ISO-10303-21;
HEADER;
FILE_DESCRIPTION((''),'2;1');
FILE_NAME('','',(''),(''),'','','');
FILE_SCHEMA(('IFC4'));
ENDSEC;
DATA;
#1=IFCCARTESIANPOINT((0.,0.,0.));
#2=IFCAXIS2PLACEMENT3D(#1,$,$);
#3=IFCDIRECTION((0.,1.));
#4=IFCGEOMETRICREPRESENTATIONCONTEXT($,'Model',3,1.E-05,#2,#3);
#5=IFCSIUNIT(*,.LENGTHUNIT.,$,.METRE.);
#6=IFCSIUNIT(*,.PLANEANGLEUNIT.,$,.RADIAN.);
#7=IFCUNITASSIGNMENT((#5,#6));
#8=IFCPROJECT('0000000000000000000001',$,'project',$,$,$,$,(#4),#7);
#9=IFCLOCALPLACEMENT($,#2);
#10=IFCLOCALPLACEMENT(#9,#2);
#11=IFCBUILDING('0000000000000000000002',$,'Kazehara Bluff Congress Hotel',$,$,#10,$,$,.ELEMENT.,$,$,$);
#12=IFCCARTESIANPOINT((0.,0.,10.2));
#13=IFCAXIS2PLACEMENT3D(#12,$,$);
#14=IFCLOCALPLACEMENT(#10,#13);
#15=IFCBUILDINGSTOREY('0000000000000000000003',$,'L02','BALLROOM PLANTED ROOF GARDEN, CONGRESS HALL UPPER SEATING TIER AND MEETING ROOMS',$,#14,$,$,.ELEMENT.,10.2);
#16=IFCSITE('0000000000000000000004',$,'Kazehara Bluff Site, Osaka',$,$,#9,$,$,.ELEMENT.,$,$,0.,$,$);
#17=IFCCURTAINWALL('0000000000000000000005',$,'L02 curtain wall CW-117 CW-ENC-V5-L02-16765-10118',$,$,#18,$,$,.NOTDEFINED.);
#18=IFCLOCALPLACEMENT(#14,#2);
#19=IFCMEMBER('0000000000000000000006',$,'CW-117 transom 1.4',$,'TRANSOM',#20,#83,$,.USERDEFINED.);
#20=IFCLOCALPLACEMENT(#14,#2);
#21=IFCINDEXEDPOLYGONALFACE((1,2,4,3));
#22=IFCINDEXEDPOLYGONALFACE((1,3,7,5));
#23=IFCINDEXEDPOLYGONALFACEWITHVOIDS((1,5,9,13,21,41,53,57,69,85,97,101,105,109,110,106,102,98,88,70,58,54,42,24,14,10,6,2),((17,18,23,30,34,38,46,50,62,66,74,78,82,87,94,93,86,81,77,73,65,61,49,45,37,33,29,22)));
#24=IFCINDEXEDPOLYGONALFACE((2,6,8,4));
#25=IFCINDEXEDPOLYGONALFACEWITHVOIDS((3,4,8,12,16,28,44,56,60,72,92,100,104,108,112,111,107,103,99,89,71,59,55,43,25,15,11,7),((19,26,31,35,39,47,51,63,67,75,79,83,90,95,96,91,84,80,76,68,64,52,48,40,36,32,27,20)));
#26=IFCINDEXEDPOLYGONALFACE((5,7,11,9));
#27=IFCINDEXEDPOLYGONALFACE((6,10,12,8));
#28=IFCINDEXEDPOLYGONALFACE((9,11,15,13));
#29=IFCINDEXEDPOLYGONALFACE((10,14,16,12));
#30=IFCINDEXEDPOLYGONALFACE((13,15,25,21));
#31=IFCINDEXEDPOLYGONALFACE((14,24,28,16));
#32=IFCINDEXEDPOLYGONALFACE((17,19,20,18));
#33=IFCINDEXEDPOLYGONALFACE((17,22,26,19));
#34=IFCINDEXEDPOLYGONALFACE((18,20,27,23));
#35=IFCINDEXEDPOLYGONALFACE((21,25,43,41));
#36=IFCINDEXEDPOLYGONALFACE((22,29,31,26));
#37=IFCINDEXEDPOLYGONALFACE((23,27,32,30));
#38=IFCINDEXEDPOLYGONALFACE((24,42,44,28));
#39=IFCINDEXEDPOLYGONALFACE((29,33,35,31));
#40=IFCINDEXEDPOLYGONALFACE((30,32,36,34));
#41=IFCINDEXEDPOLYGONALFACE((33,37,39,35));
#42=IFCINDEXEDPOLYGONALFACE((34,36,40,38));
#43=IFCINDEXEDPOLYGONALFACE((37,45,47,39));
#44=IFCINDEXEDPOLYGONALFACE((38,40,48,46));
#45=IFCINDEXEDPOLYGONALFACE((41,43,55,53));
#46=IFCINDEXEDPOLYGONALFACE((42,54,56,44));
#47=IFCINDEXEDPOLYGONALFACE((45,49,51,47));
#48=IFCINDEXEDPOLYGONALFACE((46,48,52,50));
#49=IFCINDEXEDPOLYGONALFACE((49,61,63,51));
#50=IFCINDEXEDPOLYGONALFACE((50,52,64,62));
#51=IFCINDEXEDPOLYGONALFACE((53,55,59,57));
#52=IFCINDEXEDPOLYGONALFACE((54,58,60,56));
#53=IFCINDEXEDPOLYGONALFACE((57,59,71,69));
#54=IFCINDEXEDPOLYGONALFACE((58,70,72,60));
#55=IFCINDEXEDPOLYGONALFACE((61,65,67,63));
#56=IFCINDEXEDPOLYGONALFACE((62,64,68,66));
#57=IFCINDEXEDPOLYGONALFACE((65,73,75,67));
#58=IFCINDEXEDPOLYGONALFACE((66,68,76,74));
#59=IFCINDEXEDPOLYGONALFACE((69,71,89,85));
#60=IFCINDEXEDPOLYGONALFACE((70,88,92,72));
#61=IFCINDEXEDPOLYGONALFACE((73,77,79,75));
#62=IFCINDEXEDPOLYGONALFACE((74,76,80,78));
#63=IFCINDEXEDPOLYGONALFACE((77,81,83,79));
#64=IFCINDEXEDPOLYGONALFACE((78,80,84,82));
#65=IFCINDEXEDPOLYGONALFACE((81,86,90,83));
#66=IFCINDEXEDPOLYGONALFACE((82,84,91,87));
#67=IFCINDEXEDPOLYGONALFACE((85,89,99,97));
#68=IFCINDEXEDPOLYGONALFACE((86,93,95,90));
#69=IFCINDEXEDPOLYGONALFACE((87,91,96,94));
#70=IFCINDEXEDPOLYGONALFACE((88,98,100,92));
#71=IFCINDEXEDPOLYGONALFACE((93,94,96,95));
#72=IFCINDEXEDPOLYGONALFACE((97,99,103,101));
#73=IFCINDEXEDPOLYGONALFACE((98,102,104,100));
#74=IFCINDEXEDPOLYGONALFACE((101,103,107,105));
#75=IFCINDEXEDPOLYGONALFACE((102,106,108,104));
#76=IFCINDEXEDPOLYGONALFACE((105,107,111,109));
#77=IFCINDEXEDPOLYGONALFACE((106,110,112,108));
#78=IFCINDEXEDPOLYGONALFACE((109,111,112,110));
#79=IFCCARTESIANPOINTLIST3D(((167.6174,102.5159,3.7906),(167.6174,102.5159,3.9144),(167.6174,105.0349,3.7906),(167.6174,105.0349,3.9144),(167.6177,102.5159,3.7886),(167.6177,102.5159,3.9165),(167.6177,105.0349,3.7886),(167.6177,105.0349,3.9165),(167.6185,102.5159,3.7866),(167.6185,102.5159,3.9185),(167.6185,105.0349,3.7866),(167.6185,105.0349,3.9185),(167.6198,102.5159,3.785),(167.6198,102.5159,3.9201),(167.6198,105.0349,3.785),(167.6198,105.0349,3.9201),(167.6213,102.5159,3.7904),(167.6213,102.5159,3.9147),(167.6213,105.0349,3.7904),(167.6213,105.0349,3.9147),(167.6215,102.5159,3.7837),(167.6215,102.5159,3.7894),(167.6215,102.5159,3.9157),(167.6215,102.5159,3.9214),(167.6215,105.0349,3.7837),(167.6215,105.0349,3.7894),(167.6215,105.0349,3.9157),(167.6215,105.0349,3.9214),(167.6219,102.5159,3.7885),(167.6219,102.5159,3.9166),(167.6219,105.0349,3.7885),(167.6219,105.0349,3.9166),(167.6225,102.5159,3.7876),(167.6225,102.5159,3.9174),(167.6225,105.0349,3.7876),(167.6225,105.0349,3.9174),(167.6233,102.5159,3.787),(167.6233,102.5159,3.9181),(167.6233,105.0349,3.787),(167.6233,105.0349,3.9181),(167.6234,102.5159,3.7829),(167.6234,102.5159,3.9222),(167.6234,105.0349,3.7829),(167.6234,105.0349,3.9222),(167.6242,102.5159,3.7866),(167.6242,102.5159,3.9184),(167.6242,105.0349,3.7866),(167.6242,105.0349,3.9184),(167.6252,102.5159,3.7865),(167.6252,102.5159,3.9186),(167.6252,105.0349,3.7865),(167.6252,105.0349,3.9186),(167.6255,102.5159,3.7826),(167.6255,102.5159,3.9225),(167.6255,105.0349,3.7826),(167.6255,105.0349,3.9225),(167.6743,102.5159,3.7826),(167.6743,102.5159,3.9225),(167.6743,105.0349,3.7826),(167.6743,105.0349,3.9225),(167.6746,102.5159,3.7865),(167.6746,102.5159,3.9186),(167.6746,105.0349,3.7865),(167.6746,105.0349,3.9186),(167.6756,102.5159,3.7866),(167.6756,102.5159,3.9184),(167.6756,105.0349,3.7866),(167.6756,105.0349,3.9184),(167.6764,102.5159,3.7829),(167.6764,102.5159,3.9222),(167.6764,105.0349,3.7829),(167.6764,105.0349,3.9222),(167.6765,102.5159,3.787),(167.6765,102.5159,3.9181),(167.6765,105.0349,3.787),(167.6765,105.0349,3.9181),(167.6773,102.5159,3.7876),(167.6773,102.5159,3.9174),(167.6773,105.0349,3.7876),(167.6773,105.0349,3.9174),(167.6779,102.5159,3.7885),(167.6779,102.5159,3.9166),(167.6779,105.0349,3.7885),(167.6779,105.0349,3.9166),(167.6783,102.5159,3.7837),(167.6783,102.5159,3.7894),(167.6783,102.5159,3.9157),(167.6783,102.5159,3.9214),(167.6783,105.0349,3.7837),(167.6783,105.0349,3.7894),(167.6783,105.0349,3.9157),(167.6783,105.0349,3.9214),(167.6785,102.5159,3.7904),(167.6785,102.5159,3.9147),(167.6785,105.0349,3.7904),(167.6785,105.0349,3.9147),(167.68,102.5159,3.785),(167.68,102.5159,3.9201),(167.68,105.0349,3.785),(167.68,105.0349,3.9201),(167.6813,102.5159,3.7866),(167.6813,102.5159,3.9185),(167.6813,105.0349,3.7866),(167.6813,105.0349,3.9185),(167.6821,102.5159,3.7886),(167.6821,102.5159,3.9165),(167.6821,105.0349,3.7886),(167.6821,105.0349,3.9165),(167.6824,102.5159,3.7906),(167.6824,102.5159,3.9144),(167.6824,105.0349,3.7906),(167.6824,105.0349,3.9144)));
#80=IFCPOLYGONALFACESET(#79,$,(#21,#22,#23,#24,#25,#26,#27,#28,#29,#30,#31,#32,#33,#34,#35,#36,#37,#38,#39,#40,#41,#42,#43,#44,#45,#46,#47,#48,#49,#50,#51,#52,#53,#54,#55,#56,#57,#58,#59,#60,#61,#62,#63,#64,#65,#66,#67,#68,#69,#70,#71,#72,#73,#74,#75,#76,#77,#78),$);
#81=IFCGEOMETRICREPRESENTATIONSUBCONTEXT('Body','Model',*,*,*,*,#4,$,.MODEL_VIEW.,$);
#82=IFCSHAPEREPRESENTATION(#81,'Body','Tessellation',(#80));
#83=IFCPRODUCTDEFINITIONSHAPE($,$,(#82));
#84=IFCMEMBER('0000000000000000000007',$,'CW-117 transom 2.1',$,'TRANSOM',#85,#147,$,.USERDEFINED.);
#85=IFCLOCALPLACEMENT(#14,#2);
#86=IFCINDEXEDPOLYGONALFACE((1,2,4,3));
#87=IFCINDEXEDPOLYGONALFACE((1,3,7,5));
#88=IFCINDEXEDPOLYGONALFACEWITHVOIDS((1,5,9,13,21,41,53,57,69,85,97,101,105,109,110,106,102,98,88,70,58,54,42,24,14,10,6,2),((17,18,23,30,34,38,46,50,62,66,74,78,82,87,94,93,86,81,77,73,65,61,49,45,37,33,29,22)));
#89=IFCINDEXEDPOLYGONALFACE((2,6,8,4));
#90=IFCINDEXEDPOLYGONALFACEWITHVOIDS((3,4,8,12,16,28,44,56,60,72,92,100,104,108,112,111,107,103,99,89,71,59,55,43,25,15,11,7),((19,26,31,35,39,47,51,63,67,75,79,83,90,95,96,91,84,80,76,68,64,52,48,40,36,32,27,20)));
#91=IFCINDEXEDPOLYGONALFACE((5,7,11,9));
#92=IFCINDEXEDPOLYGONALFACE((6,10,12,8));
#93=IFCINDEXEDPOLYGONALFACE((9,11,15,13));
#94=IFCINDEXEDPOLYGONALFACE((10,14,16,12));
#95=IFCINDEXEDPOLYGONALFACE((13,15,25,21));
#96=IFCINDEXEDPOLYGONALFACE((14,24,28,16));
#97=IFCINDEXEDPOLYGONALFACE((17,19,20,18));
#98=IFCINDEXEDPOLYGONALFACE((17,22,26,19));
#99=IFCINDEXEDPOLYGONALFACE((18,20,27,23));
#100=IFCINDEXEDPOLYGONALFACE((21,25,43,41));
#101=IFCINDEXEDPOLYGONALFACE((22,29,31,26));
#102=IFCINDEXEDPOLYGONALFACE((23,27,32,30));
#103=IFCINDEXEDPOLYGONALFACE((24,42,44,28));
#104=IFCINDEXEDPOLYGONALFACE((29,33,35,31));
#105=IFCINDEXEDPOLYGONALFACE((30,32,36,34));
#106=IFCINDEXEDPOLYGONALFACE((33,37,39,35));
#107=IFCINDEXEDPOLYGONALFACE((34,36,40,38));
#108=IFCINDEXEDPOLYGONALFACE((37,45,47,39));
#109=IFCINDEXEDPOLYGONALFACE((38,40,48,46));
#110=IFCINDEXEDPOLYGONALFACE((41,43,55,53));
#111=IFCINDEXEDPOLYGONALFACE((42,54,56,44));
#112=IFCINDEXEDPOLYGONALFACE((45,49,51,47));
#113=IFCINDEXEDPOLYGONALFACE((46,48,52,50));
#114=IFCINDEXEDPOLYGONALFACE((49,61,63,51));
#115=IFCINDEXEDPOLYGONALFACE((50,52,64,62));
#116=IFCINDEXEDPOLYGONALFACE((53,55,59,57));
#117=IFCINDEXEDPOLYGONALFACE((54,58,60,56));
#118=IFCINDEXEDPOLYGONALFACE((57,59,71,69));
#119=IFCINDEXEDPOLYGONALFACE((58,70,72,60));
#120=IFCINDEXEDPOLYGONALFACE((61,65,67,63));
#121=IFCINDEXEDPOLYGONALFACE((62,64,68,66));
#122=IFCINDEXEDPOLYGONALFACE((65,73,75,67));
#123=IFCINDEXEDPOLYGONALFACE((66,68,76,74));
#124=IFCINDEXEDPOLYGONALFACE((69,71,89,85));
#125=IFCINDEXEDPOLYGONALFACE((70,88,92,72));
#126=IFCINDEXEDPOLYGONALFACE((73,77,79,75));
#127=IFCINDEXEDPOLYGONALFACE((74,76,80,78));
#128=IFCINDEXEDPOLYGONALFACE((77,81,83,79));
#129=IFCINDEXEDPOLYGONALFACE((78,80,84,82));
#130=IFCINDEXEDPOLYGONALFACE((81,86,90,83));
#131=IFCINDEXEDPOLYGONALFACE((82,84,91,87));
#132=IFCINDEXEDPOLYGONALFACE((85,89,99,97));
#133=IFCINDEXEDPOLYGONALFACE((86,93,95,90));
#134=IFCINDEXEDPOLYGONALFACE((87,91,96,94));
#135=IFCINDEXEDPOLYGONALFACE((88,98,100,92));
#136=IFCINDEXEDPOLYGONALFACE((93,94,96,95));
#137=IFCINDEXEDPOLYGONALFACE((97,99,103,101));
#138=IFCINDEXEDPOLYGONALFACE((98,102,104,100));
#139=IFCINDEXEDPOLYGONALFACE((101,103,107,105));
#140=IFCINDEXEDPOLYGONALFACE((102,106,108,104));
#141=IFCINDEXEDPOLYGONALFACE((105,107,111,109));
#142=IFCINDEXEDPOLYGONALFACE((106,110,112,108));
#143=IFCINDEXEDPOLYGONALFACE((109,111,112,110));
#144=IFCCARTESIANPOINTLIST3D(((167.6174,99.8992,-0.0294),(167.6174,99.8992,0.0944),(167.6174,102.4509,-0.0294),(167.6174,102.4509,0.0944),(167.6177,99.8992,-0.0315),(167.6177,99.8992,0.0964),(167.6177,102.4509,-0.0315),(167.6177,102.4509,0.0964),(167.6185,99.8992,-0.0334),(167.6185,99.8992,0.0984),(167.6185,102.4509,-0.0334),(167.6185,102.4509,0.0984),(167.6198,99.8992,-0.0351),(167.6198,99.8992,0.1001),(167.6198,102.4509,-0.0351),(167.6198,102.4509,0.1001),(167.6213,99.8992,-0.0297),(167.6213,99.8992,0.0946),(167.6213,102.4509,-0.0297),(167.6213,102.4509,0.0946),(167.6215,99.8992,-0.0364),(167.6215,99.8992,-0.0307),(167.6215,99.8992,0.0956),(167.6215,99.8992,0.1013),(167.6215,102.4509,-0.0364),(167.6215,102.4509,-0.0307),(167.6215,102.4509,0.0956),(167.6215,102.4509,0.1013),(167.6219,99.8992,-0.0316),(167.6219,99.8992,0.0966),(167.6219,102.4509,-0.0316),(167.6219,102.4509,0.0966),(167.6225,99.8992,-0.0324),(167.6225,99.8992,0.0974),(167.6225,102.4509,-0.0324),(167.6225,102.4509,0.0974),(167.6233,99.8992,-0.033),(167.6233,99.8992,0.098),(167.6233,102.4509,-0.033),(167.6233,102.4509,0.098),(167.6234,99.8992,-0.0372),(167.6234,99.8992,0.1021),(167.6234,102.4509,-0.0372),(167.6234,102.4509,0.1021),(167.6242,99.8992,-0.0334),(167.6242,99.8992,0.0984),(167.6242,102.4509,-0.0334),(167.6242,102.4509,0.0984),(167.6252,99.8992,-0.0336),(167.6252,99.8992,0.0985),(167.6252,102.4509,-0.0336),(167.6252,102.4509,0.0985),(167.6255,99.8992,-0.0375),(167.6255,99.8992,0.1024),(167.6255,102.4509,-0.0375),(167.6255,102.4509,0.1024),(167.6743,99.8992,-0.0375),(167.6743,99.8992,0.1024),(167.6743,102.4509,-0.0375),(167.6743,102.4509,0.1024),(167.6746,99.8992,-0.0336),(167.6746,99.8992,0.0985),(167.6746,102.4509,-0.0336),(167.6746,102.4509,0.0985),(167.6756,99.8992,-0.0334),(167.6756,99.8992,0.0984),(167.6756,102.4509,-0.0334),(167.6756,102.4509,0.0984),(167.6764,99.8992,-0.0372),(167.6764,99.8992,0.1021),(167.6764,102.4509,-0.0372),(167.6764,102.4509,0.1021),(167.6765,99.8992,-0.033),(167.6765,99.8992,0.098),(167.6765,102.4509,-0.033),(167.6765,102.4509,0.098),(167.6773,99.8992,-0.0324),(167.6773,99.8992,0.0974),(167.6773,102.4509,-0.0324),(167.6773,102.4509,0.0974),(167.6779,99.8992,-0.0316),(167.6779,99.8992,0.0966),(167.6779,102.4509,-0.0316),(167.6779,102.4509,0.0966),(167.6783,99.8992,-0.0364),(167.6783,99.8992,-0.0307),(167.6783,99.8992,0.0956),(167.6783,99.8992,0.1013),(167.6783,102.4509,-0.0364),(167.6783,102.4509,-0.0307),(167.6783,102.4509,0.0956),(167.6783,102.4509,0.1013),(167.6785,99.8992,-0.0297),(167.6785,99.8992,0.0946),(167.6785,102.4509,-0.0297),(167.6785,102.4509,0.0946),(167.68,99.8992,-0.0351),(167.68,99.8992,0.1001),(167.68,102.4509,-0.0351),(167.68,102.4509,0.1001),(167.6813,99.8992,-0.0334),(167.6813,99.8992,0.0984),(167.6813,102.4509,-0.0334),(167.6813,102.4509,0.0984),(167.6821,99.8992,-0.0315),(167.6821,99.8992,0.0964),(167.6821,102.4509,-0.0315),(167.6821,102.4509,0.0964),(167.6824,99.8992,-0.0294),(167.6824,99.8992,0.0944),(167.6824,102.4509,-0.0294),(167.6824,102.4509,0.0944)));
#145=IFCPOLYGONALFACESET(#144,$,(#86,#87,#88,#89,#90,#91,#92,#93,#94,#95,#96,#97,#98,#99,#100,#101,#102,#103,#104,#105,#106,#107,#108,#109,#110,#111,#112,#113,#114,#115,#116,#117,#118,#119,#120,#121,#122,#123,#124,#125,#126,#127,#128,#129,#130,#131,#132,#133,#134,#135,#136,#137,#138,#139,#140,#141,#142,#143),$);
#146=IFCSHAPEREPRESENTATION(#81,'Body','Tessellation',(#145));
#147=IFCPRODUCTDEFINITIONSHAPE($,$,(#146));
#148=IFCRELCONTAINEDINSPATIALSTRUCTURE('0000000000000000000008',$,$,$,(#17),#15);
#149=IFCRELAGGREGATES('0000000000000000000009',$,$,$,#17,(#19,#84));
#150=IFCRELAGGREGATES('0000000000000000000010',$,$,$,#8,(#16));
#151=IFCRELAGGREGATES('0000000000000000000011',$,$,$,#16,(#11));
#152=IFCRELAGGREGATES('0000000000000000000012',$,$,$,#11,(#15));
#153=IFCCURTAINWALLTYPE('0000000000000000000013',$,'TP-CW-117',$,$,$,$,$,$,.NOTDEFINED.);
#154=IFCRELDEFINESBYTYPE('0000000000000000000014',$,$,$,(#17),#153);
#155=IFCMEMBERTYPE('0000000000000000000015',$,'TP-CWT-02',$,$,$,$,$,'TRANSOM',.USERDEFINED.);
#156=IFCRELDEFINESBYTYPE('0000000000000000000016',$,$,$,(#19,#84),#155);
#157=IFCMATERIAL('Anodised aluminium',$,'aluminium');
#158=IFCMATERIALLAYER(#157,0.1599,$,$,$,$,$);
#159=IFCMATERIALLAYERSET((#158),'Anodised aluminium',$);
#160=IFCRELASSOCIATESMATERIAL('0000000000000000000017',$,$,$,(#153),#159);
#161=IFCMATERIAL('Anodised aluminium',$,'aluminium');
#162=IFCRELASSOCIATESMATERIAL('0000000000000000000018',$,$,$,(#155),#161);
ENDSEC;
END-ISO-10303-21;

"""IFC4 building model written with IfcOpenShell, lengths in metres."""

from ifc_helpers import new_model, si_unit, direction, frame, origin, origin_2d, place, context, subcontext, project, spatial, hollow_rectangle, extrude, material, layer, layer_set, material_profile, profile_set, type_object, element, aggregate, save


model = new_model("IFC4")

# Units and contexts
model_context = context("Model", 3, precision=1e-05, world=origin(), true_north=direction((0.0, 1.0)))
body_context = subcontext(model_context, "Body", "Model", "MODEL_VIEW")
ifc_project = project(units=[si_unit("LENGTHUNIT", "METRE"), si_unit("PLANEANGLEUNIT", "RADIAN")], contexts=[model_context])

# Site, building, storey
site_placement = place(None, origin())
site = spatial("IfcSite", under=ifc_project, at=site_placement, Name="Kazehara Bluff Site, Osaka", CompositionType="ELEMENT", RefElevation=0.0)
building_placement = place(site_placement, origin())
building = spatial("IfcBuilding", under=site, at=building_placement, Name="Kazehara Bluff Congress Hotel", CompositionType="ELEMENT")
storey_placement = place(building_placement, frame((0.0, 0.0, 10.2)))
storey = spatial("IfcBuildingStorey", under=building, at=storey_placement, Name="L02", Description="BALLROOM PLANTED ROOF GARDEN, CONGRESS HALL UPPER SEATING TIER AND MEETING ROOMS", CompositionType="ELEMENT", Elevation=10.2)

# Curtain wall
ifc_material_1 = material(Name="Anodised aluminium", Category="aluminium")
ifc_layer_1 = layer(ifc_material_1, 0.1599)
ifc_layer_set_1 = layer_set([ifc_layer_1], Name="Anodised aluminium")
curtain_wall_type_1 = type_object("IfcCurtainWallType", Name="TP-CW-117", PredefinedType="NOTDEFINED", material=ifc_layer_set_1)
curtain_wall_1_placement = place(storey_placement, origin())
curtain_wall_1 = element("IfcCurtainWall", 1, at=curtain_wall_1_placement, inside=storey, type_object=curtain_wall_type_1, Name="L02 curtain wall CW-117 CW-ENC-V5-L02-16765-10118", PredefinedType="NOTDEFINED")

# Members
ifc_material_2 = material(Name="Anodised aluminium", Category="aluminium")
ifc_material_profile_1 = material_profile(ifc_material_2, hollow_rectangle(XDim=0.0649, YDim=0.1399, WallThickness=0.0039, InnerFilletRadius=0.0039, OuterFilletRadius=0.0081, at=origin_2d()))
ifc_profile_set_1 = profile_set([ifc_material_profile_1], Name="Anodised aluminium")
member_type_1 = type_object("IfcMemberType", Name="TP-CWT-02", ElementType="TRANSOM", PredefinedType="USERDEFINED", material=ifc_profile_set_1)
member_1_placement = place(storey_placement, frame((167.6499, 105.0349, 3.8525), z_axis=(0.0, -1.0, 0.0), x_axis=(1.0, 0.0, 0.0)))
member_1 = element("IfcMember", 2, at=member_1_placement, type_object=member_type_1, Name="CW-117 transom 1.4", ObjectType="TRANSOM", PredefinedType="USERDEFINED", context=body_context, shape_type="SweptSolid", body=[
    extrude(hollow_rectangle(XDim=0.0649, YDim=0.1399, WallThickness=0.0039, InnerFilletRadius=0.0039, OuterFilletRadius=0.0081, at=origin_2d()), origin(), (0.0, 0.0, 1.0), 2.519),
])
member_2_placement = place(storey_placement, frame((167.6499, 102.4509, 0.0325), z_axis=(0.0, -1.0, 0.0), x_axis=(1.0, 0.0, 0.0)))
member_2 = element("IfcMember", 3, at=member_2_placement, type_object=member_type_1, Name="CW-117 transom 2.1", ObjectType="TRANSOM", PredefinedType="USERDEFINED", context=body_context, shape_type="SweptSolid", body=[
    extrude(hollow_rectangle(XDim=0.0649, YDim=0.1399, WallThickness=0.0039, InnerFilletRadius=0.0039, OuterFilletRadius=0.0081, at=origin_2d()), origin(), (0.0, 0.0, 1.0), 2.5518),
])

aggregate(curtain_wall_1, [member_1, member_2])

save(model, "model.ifc")
